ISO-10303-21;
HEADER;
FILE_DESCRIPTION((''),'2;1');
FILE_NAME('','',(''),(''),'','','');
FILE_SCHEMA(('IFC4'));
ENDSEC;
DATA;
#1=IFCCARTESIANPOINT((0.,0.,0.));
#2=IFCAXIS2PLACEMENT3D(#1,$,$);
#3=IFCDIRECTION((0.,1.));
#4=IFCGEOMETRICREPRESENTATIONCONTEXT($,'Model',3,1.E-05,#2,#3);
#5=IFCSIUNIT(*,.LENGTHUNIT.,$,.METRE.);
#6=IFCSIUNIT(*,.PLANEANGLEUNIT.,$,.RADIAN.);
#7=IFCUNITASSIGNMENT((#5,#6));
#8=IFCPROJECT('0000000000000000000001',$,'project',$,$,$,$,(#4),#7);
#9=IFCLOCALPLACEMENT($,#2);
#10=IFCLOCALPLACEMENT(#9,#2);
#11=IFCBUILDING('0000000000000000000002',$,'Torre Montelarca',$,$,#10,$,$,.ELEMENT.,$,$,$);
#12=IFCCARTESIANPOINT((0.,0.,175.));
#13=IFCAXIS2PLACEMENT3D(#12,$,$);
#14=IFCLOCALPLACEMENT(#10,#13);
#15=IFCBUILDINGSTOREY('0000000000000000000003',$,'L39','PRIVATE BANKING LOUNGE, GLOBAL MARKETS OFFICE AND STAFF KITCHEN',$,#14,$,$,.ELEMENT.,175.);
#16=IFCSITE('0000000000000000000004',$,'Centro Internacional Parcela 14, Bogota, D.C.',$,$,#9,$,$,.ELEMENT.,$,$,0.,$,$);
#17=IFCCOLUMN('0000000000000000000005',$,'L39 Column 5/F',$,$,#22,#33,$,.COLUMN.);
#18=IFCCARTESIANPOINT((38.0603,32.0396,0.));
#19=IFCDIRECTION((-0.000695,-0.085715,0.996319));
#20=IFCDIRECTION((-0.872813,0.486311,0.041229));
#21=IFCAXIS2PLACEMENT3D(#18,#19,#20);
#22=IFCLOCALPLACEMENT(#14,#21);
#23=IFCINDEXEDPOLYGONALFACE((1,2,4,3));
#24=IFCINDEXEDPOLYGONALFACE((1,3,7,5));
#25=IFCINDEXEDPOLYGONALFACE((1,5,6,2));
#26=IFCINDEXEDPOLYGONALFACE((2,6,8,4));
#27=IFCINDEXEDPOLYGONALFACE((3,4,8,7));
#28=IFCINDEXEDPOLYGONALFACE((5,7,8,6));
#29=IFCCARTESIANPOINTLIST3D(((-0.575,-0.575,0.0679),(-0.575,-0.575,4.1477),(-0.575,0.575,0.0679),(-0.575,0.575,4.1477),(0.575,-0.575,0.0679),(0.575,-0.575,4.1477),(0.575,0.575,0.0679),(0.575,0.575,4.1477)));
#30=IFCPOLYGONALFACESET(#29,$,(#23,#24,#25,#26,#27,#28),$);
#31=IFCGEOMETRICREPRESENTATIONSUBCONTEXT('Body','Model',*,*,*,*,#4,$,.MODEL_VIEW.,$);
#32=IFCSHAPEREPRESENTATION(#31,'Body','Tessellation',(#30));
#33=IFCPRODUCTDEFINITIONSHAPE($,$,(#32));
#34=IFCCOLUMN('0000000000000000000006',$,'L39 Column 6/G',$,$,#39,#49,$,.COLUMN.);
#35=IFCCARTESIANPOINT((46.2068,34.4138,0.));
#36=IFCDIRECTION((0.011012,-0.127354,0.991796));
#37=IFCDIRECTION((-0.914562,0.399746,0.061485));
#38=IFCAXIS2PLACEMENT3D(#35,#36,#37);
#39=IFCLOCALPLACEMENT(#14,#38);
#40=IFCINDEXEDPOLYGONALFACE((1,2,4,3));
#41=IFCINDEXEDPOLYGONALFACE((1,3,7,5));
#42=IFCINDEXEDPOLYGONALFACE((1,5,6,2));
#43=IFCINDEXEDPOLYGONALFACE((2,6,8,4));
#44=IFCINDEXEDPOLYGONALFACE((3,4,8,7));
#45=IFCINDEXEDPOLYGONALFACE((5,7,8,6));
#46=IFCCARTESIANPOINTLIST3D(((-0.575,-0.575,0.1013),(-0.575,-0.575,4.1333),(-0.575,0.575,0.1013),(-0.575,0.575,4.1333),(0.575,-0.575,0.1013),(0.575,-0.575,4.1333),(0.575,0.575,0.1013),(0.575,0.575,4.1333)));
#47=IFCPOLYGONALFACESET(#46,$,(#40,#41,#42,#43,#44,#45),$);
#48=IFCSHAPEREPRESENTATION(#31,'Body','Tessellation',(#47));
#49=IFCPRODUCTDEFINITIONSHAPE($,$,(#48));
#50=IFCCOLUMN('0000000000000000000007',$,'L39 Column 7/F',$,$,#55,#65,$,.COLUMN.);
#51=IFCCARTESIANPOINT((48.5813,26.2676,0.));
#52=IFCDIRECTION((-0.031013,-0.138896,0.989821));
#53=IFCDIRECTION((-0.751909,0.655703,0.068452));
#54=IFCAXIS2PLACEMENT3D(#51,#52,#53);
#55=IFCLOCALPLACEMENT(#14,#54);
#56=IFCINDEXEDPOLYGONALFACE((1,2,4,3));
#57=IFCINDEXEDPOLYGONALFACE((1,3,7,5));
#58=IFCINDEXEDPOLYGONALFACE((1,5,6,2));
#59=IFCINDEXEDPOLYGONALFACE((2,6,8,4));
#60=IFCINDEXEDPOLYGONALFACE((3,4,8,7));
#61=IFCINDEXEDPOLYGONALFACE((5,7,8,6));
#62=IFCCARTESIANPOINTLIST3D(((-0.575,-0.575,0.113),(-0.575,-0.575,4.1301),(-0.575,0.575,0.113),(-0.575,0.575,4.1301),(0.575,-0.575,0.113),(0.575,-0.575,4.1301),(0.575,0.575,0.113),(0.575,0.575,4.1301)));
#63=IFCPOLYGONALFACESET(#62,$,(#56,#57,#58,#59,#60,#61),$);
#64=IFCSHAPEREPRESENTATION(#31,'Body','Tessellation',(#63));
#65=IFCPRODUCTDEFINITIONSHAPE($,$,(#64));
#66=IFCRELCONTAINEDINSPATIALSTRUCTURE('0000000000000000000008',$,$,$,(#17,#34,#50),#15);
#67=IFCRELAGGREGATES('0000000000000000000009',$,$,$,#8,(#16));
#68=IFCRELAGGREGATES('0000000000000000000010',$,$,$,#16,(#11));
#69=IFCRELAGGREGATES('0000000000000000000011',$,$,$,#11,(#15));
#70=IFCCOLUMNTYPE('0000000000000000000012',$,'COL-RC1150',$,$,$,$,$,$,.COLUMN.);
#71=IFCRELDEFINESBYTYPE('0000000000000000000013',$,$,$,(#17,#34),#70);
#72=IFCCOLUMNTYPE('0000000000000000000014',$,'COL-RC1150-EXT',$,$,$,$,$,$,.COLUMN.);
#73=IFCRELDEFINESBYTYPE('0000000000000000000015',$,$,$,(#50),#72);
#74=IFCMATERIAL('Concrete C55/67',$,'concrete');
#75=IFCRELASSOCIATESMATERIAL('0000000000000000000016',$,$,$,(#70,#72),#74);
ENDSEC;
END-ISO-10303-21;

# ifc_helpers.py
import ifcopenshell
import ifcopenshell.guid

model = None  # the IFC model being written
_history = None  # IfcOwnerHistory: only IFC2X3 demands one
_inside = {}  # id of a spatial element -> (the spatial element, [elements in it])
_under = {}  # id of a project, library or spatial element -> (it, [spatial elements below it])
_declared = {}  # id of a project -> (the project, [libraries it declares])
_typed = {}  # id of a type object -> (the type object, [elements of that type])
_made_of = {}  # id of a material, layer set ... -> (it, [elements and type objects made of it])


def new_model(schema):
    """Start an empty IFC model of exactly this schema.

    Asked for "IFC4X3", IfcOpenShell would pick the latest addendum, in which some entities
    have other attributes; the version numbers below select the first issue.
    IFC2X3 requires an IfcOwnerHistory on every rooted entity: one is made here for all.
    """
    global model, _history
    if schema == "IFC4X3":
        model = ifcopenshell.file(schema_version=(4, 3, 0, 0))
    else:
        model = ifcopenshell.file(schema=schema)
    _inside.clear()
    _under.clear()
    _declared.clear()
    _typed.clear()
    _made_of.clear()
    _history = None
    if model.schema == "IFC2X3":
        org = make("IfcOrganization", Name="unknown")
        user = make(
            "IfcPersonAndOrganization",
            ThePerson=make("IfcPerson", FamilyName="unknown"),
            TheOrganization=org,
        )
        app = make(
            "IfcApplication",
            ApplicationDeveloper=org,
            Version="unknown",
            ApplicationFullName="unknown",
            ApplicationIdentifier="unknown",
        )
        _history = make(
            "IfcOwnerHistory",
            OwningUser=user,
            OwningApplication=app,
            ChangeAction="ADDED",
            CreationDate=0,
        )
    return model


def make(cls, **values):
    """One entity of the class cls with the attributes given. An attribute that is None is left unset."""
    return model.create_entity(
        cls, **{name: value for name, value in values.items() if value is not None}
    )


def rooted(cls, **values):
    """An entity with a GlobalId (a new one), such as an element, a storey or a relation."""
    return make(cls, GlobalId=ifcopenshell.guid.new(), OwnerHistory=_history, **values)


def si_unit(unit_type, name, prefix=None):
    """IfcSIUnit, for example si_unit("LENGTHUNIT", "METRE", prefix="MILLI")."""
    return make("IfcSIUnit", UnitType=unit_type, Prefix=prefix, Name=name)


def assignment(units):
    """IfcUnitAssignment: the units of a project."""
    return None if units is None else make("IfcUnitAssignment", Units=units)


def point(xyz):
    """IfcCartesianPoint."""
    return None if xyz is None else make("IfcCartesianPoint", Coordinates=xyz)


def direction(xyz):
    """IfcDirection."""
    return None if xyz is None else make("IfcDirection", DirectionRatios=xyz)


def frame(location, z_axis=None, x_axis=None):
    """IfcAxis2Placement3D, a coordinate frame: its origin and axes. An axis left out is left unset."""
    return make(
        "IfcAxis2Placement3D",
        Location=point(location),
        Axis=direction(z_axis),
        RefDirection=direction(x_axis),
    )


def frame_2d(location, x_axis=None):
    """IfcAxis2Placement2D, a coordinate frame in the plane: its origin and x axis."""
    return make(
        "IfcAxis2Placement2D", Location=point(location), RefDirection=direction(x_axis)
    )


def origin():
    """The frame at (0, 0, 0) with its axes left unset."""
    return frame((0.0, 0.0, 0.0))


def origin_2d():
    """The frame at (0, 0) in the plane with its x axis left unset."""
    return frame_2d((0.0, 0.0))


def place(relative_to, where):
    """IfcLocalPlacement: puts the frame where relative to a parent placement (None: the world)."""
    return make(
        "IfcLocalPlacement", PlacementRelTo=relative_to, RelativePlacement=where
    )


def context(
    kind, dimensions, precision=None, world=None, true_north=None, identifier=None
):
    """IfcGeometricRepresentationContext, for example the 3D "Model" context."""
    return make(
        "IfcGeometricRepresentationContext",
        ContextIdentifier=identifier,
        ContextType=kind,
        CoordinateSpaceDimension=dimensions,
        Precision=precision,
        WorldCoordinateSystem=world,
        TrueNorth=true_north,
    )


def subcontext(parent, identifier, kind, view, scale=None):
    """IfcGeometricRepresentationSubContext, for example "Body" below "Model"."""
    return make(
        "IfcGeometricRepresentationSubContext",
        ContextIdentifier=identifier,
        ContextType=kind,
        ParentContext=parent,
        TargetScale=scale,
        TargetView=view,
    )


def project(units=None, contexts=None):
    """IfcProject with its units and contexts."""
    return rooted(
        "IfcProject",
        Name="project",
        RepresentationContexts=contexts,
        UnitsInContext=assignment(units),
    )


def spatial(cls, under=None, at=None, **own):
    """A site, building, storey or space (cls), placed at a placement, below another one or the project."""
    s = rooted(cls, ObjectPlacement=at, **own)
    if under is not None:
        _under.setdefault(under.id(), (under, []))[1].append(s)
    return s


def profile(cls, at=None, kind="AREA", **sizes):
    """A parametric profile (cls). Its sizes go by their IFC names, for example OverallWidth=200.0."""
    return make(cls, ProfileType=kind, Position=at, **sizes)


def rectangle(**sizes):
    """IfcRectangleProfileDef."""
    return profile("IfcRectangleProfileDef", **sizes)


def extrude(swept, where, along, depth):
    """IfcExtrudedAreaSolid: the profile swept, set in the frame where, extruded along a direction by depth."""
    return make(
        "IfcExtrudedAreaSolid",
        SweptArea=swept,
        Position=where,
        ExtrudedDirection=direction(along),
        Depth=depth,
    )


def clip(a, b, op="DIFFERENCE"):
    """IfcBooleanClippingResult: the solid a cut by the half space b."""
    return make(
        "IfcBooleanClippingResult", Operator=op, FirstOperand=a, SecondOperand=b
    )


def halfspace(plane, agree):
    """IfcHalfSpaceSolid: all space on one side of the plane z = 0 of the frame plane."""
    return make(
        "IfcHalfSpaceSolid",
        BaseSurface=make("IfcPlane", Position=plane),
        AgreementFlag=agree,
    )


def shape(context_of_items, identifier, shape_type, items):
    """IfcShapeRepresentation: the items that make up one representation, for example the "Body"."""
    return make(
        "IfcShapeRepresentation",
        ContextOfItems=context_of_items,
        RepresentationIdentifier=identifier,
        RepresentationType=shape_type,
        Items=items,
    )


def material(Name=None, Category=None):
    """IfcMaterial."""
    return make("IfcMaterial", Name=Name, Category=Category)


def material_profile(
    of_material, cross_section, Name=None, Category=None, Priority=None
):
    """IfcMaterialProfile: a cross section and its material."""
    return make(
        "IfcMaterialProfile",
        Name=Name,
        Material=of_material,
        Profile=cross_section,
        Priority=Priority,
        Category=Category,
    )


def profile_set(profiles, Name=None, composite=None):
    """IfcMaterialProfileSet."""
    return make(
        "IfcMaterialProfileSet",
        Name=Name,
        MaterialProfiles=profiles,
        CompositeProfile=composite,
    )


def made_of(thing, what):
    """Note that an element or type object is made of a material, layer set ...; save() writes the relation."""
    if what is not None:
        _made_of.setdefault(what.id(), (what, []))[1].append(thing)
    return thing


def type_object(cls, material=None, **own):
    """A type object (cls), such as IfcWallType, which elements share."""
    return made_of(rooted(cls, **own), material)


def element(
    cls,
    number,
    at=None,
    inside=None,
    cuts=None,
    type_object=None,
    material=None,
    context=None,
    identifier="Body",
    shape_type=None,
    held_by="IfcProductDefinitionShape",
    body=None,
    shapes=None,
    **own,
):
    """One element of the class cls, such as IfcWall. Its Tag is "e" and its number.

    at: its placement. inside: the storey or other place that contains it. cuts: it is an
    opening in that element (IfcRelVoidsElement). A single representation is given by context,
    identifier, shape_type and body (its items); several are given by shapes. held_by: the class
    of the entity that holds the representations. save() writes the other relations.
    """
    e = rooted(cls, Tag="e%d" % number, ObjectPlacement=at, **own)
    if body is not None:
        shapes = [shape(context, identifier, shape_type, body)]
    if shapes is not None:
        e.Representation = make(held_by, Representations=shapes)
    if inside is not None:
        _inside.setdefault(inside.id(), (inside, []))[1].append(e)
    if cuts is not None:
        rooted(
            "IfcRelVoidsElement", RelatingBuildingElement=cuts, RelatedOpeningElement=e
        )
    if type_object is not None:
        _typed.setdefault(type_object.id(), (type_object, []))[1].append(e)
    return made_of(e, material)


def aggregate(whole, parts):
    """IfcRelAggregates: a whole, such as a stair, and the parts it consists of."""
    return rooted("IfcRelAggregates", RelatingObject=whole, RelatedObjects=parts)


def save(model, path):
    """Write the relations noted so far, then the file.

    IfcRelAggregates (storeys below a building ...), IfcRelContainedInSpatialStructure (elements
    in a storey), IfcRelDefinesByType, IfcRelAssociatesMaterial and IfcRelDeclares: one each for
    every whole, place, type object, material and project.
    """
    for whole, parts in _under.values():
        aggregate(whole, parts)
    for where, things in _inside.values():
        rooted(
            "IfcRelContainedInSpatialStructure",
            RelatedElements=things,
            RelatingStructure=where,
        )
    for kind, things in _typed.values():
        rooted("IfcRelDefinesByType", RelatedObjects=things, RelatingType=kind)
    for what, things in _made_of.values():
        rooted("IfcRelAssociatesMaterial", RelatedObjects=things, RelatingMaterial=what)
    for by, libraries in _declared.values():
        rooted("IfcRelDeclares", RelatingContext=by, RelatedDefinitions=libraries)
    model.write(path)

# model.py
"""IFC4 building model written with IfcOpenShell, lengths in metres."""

from ifc_helpers import new_model, si_unit, direction, frame, origin, origin_2d, place, context, subcontext, project, spatial, rectangle, extrude, clip, halfspace, material, material_profile, profile_set, type_object, element, save


model = new_model("IFC4")

# Units and contexts
model_context = context("Model", 3, precision=1e-05, world=origin(), true_north=direction((0.0, 1.0)))
body_context = subcontext(model_context, "Body", "Model", "MODEL_VIEW")
ifc_project = project(units=[si_unit("LENGTHUNIT", "METRE"), si_unit("PLANEANGLEUNIT", "RADIAN")], contexts=[model_context])

# Site, building, storey
site_placement = place(None, origin())
site = spatial("IfcSite", under=ifc_project, at=site_placement, Name="Centro Internacional Parcela 14, Bogota, D.C.", CompositionType="ELEMENT", RefElevation=0.0)
building_placement = place(site_placement, origin())
building = spatial("IfcBuilding", under=site, at=building_placement, Name="Torre Montelarca", CompositionType="ELEMENT")
storey_placement = place(building_placement, frame((0.0, 0.0, 175.0)))
storey = spatial("IfcBuildingStorey", under=building, at=storey_placement, Name="L39", Description="PRIVATE BANKING LOUNGE, GLOBAL MARKETS OFFICE AND STAFF KITCHEN", CompositionType="ELEMENT", Elevation=175.0)

# Columns
ifc_material_1 = material(Name="Concrete C55/67", Category="concrete")
ifc_material_profile_1 = material_profile(ifc_material_1, rectangle(XDim=1.1499, YDim=1.1499, at=origin_2d()), Name="RC1150X1150", Category="concrete")
ifc_profile_set_1 = profile_set([ifc_material_profile_1], Name="Concrete C55/67")
column_type_1 = type_object("IfcColumnType", Name="COL-RC1150", PredefinedType="COLUMN", material=ifc_profile_set_1)
column_1_placement = place(storey_placement, frame((38.0603, 32.0396, 0.0), z_axis=(-0.000695, -0.085715, 0.996319), x_axis=(-0.872813, 0.486311, 0.041229)))
element("IfcColumn", 1, at=column_1_placement, inside=storey, type_object=column_type_1, Name="L39 Column 5/F", PredefinedType="COLUMN", context=body_context, shape_type="Clipping", body=[
    clip(clip(extrude(rectangle(XDim=1.1499, YDim=1.1499, at=origin_2d()), origin(), (0.0, 0.0, 1.0), 4.2156), halfspace(frame((0.0, 0.0, 0.0679), z_axis=(0.0, 0.0, -1.0), x_axis=(1.0, 0.0, 0.0)), False)), halfspace(frame((0.0, 0.0, 4.1477), z_axis=(0.0, 0.0, 1.0), x_axis=(1.0, 0.0, 0.0)), False)),
])
column_2_placement = place(storey_placement, frame((46.2068, 34.4138, 0.0), z_axis=(0.011012, -0.127354, 0.991796), x_axis=(-0.914562, 0.399746, 0.061485)))
element("IfcColumn", 2, at=column_2_placement, inside=storey, type_object=column_type_1, Name="L39 Column 6/G", PredefinedType="COLUMN", context=body_context, shape_type="Clipping", body=[
    clip(clip(extrude(rectangle(XDim=1.1499, YDim=1.1499, at=origin_2d()), origin(), (0.0, 0.0, 1.0), 4.2346), halfspace(frame((0.0, 0.0, 0.1013), z_axis=(0.0, 0.0, -1.0), x_axis=(1.0, 0.0, 0.0)), False)), halfspace(frame((0.0, 0.0, 4.1333), z_axis=(0.0, 0.0, 1.0), x_axis=(1.0, 0.0, 0.0)), False)),
])
ifc_material_profile_2 = material_profile(ifc_material_1, rectangle(XDim=1.1499, YDim=1.1499, at=origin_2d()), Name="RC1150X1150", Category="concrete")
ifc_profile_set_2 = profile_set([ifc_material_profile_2], Name="Concrete C55/67")
column_type_2 = type_object("IfcColumnType", Name="COL-RC1150-EXT", PredefinedType="COLUMN", material=ifc_profile_set_2)
column_3_placement = place(storey_placement, frame((48.5813, 26.2676, 0.0), z_axis=(-0.031013, -0.138896, 0.989821), x_axis=(-0.751909, 0.655703, 0.068452)))
element("IfcColumn", 3, at=column_3_placement, inside=storey, type_object=column_type_2, Name="L39 Column 7/F", PredefinedType="COLUMN", context=body_context, shape_type="Clipping", body=[
    clip(clip(extrude(rectangle(XDim=1.1499, YDim=1.1499, at=origin_2d()), origin(), (0.0, 0.0, 1.0), 4.2432), halfspace(frame((0.0, 0.0, 0.113), z_axis=(0.0, 0.0, -1.0), x_axis=(1.0, 0.0, 0.0)), False)), halfspace(frame((0.0, 0.0, 4.1301), z_axis=(0.0, 0.0, 1.0), x_axis=(1.0, 0.0, 0.0)), False)),
])

save(model, "model.ifc")
